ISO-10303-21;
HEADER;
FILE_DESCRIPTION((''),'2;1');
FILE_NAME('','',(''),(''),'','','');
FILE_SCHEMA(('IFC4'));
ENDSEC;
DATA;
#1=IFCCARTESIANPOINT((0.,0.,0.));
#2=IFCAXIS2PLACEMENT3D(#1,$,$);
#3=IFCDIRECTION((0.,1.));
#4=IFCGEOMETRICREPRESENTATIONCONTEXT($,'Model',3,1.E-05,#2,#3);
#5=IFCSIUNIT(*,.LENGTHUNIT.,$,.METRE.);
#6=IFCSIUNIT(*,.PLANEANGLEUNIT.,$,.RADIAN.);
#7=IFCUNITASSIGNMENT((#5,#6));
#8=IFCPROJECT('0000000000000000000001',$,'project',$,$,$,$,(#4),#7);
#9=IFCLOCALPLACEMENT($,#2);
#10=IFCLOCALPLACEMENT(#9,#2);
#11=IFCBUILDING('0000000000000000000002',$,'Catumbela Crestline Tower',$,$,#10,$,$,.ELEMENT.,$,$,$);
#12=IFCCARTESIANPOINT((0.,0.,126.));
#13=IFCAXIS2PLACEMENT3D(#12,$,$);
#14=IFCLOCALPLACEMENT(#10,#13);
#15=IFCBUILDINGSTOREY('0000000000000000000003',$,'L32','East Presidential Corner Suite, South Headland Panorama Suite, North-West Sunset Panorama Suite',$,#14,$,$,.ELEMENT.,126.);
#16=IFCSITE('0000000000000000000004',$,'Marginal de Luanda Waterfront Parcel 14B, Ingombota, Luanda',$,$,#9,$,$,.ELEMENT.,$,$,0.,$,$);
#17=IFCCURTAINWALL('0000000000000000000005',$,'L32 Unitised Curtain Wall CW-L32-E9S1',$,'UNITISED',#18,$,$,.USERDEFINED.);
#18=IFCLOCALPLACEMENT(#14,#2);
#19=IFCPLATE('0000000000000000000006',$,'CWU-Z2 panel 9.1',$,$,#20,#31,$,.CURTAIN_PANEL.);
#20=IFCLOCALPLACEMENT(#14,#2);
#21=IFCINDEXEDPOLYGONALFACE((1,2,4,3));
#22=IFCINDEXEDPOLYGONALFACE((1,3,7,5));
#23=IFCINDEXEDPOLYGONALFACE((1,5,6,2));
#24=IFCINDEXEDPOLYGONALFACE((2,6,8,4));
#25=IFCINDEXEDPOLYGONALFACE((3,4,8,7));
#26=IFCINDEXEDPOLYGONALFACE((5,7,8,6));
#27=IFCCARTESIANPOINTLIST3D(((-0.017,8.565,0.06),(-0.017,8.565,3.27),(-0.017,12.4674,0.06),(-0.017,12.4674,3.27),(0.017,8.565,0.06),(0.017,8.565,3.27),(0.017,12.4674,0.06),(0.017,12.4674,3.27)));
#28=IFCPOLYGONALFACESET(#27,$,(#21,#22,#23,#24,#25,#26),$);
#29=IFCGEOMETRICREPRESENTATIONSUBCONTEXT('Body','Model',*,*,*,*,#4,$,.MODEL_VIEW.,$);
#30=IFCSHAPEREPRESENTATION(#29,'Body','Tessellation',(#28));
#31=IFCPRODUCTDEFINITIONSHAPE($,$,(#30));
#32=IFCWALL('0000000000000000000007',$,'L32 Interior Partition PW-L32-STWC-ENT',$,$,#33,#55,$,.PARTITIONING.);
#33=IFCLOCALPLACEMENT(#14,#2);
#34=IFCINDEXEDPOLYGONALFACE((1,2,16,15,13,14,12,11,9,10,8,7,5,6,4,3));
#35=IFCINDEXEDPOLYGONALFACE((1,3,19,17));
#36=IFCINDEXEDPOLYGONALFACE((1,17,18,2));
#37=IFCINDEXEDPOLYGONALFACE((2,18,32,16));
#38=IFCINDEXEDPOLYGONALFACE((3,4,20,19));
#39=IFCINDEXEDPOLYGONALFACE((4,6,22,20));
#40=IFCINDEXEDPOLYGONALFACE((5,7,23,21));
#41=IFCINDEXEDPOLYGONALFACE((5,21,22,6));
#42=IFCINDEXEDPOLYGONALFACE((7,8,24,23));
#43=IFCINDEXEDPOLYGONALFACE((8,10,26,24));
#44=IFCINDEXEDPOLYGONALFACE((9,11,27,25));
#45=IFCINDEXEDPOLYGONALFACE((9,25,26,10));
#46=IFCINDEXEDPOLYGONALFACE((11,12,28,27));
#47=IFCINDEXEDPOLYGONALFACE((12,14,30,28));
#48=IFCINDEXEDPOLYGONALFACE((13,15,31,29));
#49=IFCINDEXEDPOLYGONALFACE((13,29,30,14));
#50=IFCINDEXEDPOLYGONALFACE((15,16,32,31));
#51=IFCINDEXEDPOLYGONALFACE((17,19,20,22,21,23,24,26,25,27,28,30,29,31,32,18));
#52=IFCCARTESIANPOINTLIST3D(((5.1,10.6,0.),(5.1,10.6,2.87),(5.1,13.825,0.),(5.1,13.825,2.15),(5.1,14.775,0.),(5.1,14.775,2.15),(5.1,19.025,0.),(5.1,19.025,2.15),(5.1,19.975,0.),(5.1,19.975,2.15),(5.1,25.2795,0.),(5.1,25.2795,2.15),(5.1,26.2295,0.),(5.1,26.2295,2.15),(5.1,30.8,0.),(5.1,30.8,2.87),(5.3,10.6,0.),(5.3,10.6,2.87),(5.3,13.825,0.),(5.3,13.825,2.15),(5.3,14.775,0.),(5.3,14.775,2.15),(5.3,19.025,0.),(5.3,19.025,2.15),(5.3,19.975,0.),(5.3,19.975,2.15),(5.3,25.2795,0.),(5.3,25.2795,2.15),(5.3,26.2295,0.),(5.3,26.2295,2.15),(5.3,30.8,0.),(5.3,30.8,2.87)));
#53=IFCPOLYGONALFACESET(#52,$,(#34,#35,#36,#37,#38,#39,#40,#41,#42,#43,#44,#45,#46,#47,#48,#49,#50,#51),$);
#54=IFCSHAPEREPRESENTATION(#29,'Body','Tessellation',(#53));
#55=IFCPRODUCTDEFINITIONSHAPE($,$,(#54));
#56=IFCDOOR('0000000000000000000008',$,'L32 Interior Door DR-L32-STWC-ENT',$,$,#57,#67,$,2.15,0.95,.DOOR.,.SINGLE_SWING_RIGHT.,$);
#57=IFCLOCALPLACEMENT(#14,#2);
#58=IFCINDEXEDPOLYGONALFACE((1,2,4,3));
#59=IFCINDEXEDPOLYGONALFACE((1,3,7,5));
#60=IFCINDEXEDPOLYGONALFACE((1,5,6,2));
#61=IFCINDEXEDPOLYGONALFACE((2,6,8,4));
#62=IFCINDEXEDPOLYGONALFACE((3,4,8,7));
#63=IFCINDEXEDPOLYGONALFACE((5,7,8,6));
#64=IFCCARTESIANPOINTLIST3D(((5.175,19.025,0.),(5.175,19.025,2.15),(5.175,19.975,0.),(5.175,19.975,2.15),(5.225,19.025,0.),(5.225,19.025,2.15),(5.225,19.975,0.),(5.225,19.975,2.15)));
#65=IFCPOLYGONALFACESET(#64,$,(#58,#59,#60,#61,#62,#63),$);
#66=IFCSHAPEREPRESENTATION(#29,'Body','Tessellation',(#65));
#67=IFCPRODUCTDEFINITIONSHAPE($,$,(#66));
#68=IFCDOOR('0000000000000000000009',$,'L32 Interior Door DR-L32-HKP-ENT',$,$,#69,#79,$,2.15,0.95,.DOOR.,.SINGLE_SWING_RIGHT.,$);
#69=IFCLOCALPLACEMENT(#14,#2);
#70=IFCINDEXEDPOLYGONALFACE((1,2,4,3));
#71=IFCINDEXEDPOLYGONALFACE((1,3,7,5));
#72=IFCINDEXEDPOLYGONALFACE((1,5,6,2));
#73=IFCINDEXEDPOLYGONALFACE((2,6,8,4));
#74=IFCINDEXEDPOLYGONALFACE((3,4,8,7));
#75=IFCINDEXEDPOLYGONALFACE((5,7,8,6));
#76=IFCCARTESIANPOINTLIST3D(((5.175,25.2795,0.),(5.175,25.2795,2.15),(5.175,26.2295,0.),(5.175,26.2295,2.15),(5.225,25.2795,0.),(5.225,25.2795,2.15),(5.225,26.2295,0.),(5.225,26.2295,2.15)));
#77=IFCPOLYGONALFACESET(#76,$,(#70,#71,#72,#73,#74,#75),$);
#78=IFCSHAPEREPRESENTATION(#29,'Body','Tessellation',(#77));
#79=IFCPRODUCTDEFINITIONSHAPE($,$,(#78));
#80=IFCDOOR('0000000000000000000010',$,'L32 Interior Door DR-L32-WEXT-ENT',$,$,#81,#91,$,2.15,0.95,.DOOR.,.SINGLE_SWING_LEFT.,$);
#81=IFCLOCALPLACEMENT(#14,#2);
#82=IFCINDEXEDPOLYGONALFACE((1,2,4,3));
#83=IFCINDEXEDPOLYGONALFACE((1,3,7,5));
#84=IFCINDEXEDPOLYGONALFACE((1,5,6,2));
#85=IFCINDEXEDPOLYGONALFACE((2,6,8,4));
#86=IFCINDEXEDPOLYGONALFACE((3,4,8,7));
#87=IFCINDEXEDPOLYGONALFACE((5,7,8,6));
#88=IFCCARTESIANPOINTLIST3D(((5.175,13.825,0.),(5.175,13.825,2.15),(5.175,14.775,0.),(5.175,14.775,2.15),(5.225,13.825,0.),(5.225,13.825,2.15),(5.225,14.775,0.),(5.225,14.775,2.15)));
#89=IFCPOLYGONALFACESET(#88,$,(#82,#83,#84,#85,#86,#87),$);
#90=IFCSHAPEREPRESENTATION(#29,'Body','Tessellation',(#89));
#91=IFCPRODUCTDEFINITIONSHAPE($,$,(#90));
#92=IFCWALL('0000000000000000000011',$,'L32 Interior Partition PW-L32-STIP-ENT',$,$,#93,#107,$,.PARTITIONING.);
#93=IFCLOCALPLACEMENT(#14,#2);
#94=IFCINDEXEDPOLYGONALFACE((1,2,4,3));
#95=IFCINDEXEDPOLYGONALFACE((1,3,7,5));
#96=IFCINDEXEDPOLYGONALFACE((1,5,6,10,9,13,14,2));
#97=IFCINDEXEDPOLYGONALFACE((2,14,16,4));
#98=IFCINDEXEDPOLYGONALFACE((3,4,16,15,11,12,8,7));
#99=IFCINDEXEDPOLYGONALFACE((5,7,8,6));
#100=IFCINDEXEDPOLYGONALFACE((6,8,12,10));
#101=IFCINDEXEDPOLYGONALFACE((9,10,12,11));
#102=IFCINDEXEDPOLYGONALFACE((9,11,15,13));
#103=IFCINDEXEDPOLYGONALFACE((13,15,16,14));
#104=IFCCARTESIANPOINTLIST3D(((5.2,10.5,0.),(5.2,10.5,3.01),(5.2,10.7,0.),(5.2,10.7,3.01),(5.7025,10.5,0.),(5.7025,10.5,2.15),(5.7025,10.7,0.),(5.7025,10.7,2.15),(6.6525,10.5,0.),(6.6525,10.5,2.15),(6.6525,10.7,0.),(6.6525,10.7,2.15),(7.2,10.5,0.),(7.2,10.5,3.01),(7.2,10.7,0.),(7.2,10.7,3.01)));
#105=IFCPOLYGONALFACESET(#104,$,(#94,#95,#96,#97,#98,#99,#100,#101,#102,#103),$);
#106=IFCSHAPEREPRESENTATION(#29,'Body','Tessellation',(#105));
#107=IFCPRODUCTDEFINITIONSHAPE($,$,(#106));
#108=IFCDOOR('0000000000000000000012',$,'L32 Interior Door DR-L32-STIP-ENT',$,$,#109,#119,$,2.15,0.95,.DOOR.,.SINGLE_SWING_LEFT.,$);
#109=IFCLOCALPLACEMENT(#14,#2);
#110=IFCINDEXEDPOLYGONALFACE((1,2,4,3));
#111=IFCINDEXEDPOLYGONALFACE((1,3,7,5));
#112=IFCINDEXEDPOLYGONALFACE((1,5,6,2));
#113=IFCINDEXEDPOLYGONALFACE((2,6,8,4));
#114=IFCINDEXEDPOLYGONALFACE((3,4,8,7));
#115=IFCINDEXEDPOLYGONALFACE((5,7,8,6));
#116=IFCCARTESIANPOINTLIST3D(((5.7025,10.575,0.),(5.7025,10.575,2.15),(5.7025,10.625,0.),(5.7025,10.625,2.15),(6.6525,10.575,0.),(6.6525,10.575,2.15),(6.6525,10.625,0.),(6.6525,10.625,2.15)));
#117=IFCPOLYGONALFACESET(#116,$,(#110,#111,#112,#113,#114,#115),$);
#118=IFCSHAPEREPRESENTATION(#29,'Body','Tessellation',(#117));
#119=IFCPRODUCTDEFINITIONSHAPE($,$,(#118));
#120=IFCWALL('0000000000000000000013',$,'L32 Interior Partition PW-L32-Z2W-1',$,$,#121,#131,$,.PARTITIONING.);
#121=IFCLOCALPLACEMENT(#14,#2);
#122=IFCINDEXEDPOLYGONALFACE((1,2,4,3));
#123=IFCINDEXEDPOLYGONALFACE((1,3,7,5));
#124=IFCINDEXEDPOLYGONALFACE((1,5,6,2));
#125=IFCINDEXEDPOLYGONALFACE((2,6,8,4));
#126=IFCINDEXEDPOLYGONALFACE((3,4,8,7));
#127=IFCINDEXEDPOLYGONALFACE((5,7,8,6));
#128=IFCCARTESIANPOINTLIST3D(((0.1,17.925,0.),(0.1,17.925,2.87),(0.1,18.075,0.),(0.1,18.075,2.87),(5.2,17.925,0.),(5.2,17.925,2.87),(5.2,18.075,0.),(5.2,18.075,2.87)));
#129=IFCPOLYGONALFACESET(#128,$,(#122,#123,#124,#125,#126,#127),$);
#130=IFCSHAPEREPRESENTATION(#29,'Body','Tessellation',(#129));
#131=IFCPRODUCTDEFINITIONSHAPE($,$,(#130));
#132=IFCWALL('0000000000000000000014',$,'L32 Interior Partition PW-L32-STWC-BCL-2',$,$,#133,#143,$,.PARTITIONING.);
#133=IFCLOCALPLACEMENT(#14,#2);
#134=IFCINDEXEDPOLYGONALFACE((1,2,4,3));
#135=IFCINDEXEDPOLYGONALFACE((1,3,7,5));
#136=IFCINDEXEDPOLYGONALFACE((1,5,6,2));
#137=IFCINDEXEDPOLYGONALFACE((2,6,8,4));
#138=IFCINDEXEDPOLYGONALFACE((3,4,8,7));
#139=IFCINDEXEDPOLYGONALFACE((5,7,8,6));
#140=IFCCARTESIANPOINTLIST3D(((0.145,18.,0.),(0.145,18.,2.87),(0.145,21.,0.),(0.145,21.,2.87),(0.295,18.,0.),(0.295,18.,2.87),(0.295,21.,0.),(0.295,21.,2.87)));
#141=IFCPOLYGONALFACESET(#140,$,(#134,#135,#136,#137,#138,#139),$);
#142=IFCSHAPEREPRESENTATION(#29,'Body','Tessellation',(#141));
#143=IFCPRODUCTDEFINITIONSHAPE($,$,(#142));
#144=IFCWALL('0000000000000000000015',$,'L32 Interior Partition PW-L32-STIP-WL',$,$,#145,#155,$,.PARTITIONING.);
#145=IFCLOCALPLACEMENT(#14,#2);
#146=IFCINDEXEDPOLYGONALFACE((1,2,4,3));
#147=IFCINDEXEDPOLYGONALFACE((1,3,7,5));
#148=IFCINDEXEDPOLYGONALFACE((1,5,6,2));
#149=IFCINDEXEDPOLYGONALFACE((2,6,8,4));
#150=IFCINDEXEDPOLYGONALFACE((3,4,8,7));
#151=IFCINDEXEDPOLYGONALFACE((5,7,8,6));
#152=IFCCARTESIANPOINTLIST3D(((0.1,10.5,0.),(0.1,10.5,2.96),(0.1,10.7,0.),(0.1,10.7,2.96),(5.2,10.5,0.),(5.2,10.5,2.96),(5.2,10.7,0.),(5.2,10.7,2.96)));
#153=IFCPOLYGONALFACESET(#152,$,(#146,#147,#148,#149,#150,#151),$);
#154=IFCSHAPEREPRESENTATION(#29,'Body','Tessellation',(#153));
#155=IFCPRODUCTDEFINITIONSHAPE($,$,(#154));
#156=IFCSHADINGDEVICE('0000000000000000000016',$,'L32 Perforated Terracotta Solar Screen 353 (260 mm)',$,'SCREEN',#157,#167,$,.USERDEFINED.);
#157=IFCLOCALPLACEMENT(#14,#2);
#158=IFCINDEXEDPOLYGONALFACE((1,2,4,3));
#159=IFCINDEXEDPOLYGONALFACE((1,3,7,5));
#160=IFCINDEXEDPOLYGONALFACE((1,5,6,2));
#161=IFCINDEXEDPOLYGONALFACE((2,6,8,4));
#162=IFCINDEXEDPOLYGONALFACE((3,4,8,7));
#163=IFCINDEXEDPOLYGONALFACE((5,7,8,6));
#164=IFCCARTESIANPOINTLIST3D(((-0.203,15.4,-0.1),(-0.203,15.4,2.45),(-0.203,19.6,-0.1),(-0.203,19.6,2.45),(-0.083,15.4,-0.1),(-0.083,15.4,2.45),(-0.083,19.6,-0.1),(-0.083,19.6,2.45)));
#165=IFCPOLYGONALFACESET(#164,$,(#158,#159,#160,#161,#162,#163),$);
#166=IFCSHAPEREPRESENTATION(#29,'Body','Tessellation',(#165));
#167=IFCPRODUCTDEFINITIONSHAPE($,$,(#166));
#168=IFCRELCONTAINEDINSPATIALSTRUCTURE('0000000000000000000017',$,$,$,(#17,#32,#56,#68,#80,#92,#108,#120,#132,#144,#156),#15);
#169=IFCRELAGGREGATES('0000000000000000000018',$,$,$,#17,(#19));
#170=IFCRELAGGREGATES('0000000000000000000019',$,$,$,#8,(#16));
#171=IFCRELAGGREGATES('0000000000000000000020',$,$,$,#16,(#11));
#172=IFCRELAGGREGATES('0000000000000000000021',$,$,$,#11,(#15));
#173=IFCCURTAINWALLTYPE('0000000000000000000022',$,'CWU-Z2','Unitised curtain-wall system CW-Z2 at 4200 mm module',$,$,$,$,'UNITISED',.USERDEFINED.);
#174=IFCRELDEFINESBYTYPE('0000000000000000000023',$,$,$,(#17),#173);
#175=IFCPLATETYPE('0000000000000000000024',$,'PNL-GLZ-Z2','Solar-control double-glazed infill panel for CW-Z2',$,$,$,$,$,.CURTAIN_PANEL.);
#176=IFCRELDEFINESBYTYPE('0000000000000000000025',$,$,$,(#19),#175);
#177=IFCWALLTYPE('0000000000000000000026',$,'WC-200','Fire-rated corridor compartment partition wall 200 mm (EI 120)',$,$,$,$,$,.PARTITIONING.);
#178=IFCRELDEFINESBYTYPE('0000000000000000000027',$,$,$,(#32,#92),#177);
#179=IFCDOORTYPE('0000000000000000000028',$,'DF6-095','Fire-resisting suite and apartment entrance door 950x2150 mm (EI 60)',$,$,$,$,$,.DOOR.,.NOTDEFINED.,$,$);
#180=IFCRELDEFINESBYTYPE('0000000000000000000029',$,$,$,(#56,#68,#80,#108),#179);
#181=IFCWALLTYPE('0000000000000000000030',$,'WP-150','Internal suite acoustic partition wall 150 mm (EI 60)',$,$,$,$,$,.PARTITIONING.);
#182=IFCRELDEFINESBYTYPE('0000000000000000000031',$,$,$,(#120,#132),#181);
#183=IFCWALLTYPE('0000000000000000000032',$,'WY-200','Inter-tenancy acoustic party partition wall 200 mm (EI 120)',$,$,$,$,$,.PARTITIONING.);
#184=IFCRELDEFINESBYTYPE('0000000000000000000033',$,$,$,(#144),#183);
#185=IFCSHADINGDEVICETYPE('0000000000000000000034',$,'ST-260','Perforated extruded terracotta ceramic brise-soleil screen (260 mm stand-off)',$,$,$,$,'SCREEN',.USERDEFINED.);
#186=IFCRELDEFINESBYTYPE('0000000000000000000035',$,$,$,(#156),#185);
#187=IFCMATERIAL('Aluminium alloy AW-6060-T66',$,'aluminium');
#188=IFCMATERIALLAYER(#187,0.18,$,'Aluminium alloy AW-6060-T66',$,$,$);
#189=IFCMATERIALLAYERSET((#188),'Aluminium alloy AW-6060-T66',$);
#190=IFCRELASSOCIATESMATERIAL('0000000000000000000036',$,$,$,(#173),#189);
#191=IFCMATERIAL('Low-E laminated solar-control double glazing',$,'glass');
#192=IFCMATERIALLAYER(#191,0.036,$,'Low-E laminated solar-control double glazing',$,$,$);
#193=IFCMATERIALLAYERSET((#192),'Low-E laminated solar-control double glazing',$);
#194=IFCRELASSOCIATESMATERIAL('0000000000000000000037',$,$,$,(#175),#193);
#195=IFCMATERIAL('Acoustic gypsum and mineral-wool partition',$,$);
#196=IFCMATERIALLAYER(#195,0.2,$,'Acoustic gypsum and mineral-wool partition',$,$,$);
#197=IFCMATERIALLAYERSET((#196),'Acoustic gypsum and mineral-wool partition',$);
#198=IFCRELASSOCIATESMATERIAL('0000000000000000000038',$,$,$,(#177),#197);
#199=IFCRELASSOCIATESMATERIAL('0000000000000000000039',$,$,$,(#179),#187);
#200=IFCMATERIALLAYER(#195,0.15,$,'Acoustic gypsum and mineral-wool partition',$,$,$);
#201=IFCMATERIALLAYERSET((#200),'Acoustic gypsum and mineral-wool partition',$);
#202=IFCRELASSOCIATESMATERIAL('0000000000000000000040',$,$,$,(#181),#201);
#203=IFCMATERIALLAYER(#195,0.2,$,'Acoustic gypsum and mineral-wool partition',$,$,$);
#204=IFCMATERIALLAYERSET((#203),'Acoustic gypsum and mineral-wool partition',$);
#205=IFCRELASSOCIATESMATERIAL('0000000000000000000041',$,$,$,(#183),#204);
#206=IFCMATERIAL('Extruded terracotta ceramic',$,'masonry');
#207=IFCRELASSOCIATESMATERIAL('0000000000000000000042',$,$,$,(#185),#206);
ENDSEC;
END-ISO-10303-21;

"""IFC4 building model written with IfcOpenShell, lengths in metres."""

from ifc_helpers import new_model, si_unit, direction, frame, frame_2d, origin, origin_2d, place, context, subcontext, project, spatial, rectangle, extrude, material, layer, layer_set, type_object, element, fill, aggregate, save


model = new_model("IFC4")

# Units and contexts
model_context = context("Model", 3, precision=1e-05, world=origin(), true_north=direction((0.0, 1.0)))
body_context = subcontext(model_context, "Body", "Model", "MODEL_VIEW")
ifc_project = project(units=[si_unit("LENGTHUNIT", "METRE"), si_unit("PLANEANGLEUNIT", "RADIAN")], contexts=[model_context])

# Site, building, storey
site_placement = place(None, origin())
site = spatial("IfcSite", under=ifc_project, at=site_placement, Name="Marginal de Luanda Waterfront Parcel 14B, Ingombota, Luanda", CompositionType="ELEMENT", RefElevation=0.0)
building_placement = place(site_placement, origin())
building = spatial("IfcBuilding", under=site, at=building_placement, Name="Catumbela Crestline Tower", CompositionType="ELEMENT")
storey_placement = place(building_placement, frame((0.0, 0.0, 126.0)))
storey = spatial("IfcBuildingStorey", under=building, at=storey_placement, Name="L32", Description="East Presidential Corner Suite, South Headland Panorama Suite, North-West Sunset Panorama Suite", CompositionType="ELEMENT", Elevation=126.0)

# Curtain wall
ifc_material_1 = material(Name="Aluminium alloy AW-6060-T66", Category="aluminium")
ifc_layer_1 = layer(ifc_material_1, 0.18, Name="Aluminium alloy AW-6060-T66")
ifc_layer_set_1 = layer_set([ifc_layer_1], Name="Aluminium alloy AW-6060-T66")
curtain_wall_type = type_object("IfcCurtainWallType", Name="CWU-Z2", Description="Unitised curtain-wall system CW-Z2 at 4200 mm module", ElementType="UNITISED", PredefinedType="USERDEFINED", material=ifc_layer_set_1)
curtain_wall_placement = place(storey_placement, origin())
curtain_wall = element("IfcCurtainWall", 1, at=curtain_wall_placement, inside=storey, type_object=curtain_wall_type, Name="L32 Unitised Curtain Wall CW-L32-E9S1", ObjectType="UNITISED", PredefinedType="USERDEFINED")

# Plate
ifc_material_2 = material(Name="Low-E laminated solar-control double glazing", Category="glass")
ifc_layer_2 = layer(ifc_material_2, 0.036, Name="Low-E laminated solar-control double glazing")
ifc_layer_set_2 = layer_set([ifc_layer_2], Name="Low-E laminated solar-control double glazing")
plate_type = type_object("IfcPlateType", Name="PNL-GLZ-Z2", Description="Solar-control double-glazed infill panel for CW-Z2", PredefinedType="CURTAIN_PANEL", material=ifc_layer_set_2)
plate_1_placement = place(storey_placement, frame((0.0, 10.5162, 0.06), z_axis=(0.0, 0.0, 1.0), x_axis=(0.0, -1.0, 0.0)))
plate_1 = element("IfcPlate", 2, at=plate_1_placement, type_object=plate_type, Name="CWU-Z2 panel 9.1", PredefinedType="CURTAIN_PANEL", context=body_context, shape_type="SweptSolid", body=[
    extrude(rectangle(XDim=3.9025, YDim=0.034, at=origin_2d()), origin(), (0.0, 0.0, 1.0), 3.21),
])
aggregate(curtain_wall, [plate_1])

# Wall, openings, doors
ifc_material_3 = material(Name="Acoustic gypsum and mineral-wool partition")
ifc_layer_3 = layer(ifc_material_3, 0.2, Name="Acoustic gypsum and mineral-wool partition")
ifc_layer_set_3 = layer_set([ifc_layer_3], Name="Acoustic gypsum and mineral-wool partition")
wall_type_1 = type_object("IfcWallType", Name="WC-200", Description="Fire-rated corridor compartment partition wall 200 mm (EI 120)", PredefinedType="PARTITIONING", material=ifc_layer_set_3)
wall_1_placement = place(storey_placement, frame((5.2, 10.6, 0.0), z_axis=(0.0, 0.0, 1.0), x_axis=(0.0, 1.0, 0.0)))
wall_1 = element("IfcWall", 3, at=wall_1_placement, inside=storey, type_object=wall_type_1, Name="L32 Interior Partition PW-L32-STWC-ENT", PredefinedType="PARTITIONING", context=body_context, shape_type="SweptSolid", body=[
    extrude(rectangle(XDim=20.2, YDim=0.2, at=frame_2d((10.1, 0.0))), origin(), (0.0, 0.0, 1.0), 2.87),
])
opening_1_placement = place(wall_1_placement, frame((8.425, 0.0, 0.0)))
opening_1 = element("IfcOpeningElement", 4, at=opening_1_placement, cuts=wall_1, PredefinedType="OPENING", context=body_context, shape_type="SweptSolid", body=[
    extrude(rectangle(XDim=0.95, YDim=2.15, at=frame_2d((0.475, 1.075))), frame((0.0, 0.11, 0.0), z_axis=(0.0, -1.0, 0.0), x_axis=(1.0, 0.0, 0.0)), (0.0, 0.0, 1.0), 0.22),
])
opening_2_placement = place(wall_1_placement, frame((14.6795, 0.0, 0.0)))
opening_2 = element("IfcOpeningElement", 5, at=opening_2_placement, cuts=wall_1, PredefinedType="OPENING", context=body_context, shape_type="SweptSolid", body=[
    extrude(rectangle(XDim=0.95, YDim=2.15, at=frame_2d((0.475, 1.075))), frame((0.0, 0.11, 0.0), z_axis=(0.0, -1.0, 0.0), x_axis=(1.0, 0.0, 0.0)), (0.0, 0.0, 1.0), 0.22),
])
opening_3_placement = place(wall_1_placement, frame((3.225, 0.0, 0.0)))
opening_3 = element("IfcOpeningElement", 6, at=opening_3_placement, cuts=wall_1, PredefinedType="OPENING", context=body_context, shape_type="SweptSolid", body=[
    extrude(rectangle(XDim=0.95, YDim=2.15, at=frame_2d((0.475, 1.075))), frame((0.0, 0.11, 0.0), z_axis=(0.0, -1.0, 0.0), x_axis=(1.0, 0.0, 0.0)), (0.0, 0.0, 1.0), 0.22),
])
door_type = type_object("IfcDoorType", Name="DF6-095", Description="Fire-resisting suite and apartment entrance door 950x2150 mm (EI 60)", OperationType="NOTDEFINED", PredefinedType="DOOR", material=ifc_material_1)
door_1_placement = place(opening_1_placement, origin())
door_1 = element("IfcDoor", 7, at=door_1_placement, inside=storey, type_object=door_type, Name="L32 Interior Door DR-L32-STWC-ENT", OperationType="SINGLE_SWING_RIGHT", OverallHeight=2.15, OverallWidth=0.95, PredefinedType="DOOR", context=body_context, shape_type="SweptSolid", body=[
    extrude(rectangle(XDim=0.95, YDim=2.15, at=frame_2d((0.475, 1.075))), frame((0.0, 0.025, 0.0), z_axis=(0.0, -1.0, 0.0), x_axis=(1.0, 0.0, 0.0)), (0.0, 0.0, 1.0), 0.05),
])
fill(opening_1, door_1)
door_2_placement = place(opening_2_placement, origin())
door_2 = element("IfcDoor", 8, at=door_2_placement, inside=storey, type_object=door_type, Name="L32 Interior Door DR-L32-HKP-ENT", OperationType="SINGLE_SWING_RIGHT", OverallHeight=2.15, OverallWidth=0.95, PredefinedType="DOOR", context=body_context, shape_type="SweptSolid", body=[
    extrude(rectangle(XDim=0.95, YDim=2.15, at=frame_2d((0.475, 1.075))), frame((0.0, 0.025, 0.0), z_axis=(0.0, -1.0, 0.0), x_axis=(1.0, 0.0, 0.0)), (0.0, 0.0, 1.0), 0.05),
])
fill(opening_2, door_2)
door_3_placement = place(opening_3_placement, origin())
door_3 = element("IfcDoor", 9, at=door_3_placement, inside=storey, type_object=door_type, Name="L32 Interior Door DR-L32-WEXT-ENT", OperationType="SINGLE_SWING_LEFT", OverallHeight=2.15, OverallWidth=0.95, PredefinedType="DOOR", context=body_context, shape_type="SweptSolid", body=[
    extrude(rectangle(XDim=0.95, YDim=2.15, at=frame_2d((0.475, 1.075))), frame((0.0, 0.025, 0.0), z_axis=(0.0, -1.0, 0.0), x_axis=(1.0, 0.0, 0.0)), (0.0, 0.0, 1.0), 0.05),
])
fill(opening_3, door_3)

# Wall, opening, door
wall_2_placement = place(storey_placement, frame((5.2, 10.6, 0.0), z_axis=(0.0, 0.0, 1.0), x_axis=(1.0, 0.0, 0.0)))
wall_2 = element("IfcWall", 10, at=wall_2_placement, inside=storey, type_object=wall_type_1, Name="L32 Interior Partition PW-L32-STIP-ENT", PredefinedType="PARTITIONING", context=body_context, shape_type="SweptSolid", body=[
    extrude(rectangle(XDim=2.0, YDim=0.2, at=frame_2d((1.0, 0.0))), origin(), (0.0, 0.0, 1.0), 3.01),
])
opening_4_placement = place(wall_2_placement, frame((0.5025, 0.0, 0.0)))
opening_4 = element("IfcOpeningElement", 11, at=opening_4_placement, cuts=wall_2, PredefinedType="OPENING", context=body_context, shape_type="SweptSolid", body=[
    extrude(rectangle(XDim=0.95, YDim=2.15, at=frame_2d((0.475, 1.075))), frame((0.0, 0.11, 0.0), z_axis=(0.0, -1.0, 0.0), x_axis=(1.0, 0.0, 0.0)), (0.0, 0.0, 1.0), 0.22),
])
door_4_placement = place(opening_4_placement, origin())
door_4 = element("IfcDoor", 12, at=door_4_placement, inside=storey, type_object=door_type, Name="L32 Interior Door DR-L32-STIP-ENT", OperationType="SINGLE_SWING_LEFT", OverallHeight=2.15, OverallWidth=0.95, PredefinedType="DOOR", context=body_context, shape_type="SweptSolid", body=[
    extrude(rectangle(XDim=0.95, YDim=2.15, at=frame_2d((0.475, 1.075))), frame((0.0, 0.025, 0.0), z_axis=(0.0, -1.0, 0.0), x_axis=(1.0, 0.0, 0.0)), (0.0, 0.0, 1.0), 0.05),
])
fill(opening_4, door_4)

# Walls
ifc_layer_4 = layer(ifc_material_3, 0.15, Name="Acoustic gypsum and mineral-wool partition")
ifc_layer_set_4 = layer_set([ifc_layer_4], Name="Acoustic gypsum and mineral-wool partition")
wall_type_2 = type_object("IfcWallType", Name="WP-150", Description="Internal suite acoustic partition wall 150 mm (EI 60)", PredefinedType="PARTITIONING", material=ifc_layer_set_4)
wall_3_placement = place(storey_placement, frame((0.1, 18.0, 0.0), z_axis=(0.0, 0.0, 1.0), x_axis=(1.0, 0.0, 0.0)))
element("IfcWall", 13, at=wall_3_placement, inside=storey, type_object=wall_type_2, Name="L32 Interior Partition PW-L32-Z2W-1", PredefinedType="PARTITIONING", context=body_context, shape_type="SweptSolid", body=[
    extrude(rectangle(XDim=5.1, YDim=0.15, at=frame_2d((2.55, 0.0))), origin(), (0.0, 0.0, 1.0), 2.87),
])
wall_4_placement = place(storey_placement, frame((0.22, 18.0, 0.0), z_axis=(0.0, 0.0, 1.0), x_axis=(0.0, 1.0, 0.0)))
element("IfcWall", 14, at=wall_4_placement, inside=storey, type_object=wall_type_2, Name="L32 Interior Partition PW-L32-STWC-BCL-2", PredefinedType="PARTITIONING", context=body_context, shape_type="SweptSolid", body=[
    extrude(rectangle(XDim=3.0, YDim=0.15, at=frame_2d((1.5, 0.0))), origin(), (0.0, 0.0, 1.0), 2.87),
])
ifc_layer_5 = layer(ifc_material_3, 0.2, Name="Acoustic gypsum and mineral-wool partition")
ifc_layer_set_5 = layer_set([ifc_layer_5], Name="Acoustic gypsum and mineral-wool partition")
wall_type_3 = type_object("IfcWallType", Name="WY-200", Description="Inter-tenancy acoustic party partition wall 200 mm (EI 120)", PredefinedType="PARTITIONING", material=ifc_layer_set_5)
wall_5_placement = place(storey_placement, frame((0.1, 10.6, 0.0), z_axis=(0.0, 0.0, 1.0), x_axis=(1.0, 0.0, 0.0)))
element("IfcWall", 15, at=wall_5_placement, inside=storey, type_object=wall_type_3, Name="L32 Interior Partition PW-L32-STIP-WL", PredefinedType="PARTITIONING", context=body_context, shape_type="SweptSolid", body=[
    extrude(rectangle(XDim=5.1, YDim=0.2, at=frame_2d((2.55, 0.0))), origin(), (0.0, 0.0, 1.0), 2.96),
])

# Shading device
ifc_material_4 = material(Name="Extruded terracotta ceramic", Category="masonry")
shading_device_type = type_object("IfcShadingDeviceType", Name="ST-260", Description="Perforated extruded terracotta ceramic brise-soleil screen (260 mm stand-off)", ElementType="SCREEN", PredefinedType="USERDEFINED", material=ifc_material_4)
shading_device_placement = place(storey_placement, frame((-0.143, 17.5, -0.1), z_axis=(0.0, 0.0, 1.0), x_axis=(0.0, -1.0, 0.0)))
element("IfcShadingDevice", 16, at=shading_device_placement, inside=storey, type_object=shading_device_type, Name="L32 Perforated Terracotta Solar Screen 353 (260 mm)", ObjectType="SCREEN", PredefinedType="USERDEFINED", context=body_context, shape_type="SweptSolid", body=[
    extrude(rectangle(XDim=4.2, YDim=0.12, at=origin_2d()), origin(), (0.0, 0.0, 1.0), 2.55),
])

save(model, "model.ifc")
